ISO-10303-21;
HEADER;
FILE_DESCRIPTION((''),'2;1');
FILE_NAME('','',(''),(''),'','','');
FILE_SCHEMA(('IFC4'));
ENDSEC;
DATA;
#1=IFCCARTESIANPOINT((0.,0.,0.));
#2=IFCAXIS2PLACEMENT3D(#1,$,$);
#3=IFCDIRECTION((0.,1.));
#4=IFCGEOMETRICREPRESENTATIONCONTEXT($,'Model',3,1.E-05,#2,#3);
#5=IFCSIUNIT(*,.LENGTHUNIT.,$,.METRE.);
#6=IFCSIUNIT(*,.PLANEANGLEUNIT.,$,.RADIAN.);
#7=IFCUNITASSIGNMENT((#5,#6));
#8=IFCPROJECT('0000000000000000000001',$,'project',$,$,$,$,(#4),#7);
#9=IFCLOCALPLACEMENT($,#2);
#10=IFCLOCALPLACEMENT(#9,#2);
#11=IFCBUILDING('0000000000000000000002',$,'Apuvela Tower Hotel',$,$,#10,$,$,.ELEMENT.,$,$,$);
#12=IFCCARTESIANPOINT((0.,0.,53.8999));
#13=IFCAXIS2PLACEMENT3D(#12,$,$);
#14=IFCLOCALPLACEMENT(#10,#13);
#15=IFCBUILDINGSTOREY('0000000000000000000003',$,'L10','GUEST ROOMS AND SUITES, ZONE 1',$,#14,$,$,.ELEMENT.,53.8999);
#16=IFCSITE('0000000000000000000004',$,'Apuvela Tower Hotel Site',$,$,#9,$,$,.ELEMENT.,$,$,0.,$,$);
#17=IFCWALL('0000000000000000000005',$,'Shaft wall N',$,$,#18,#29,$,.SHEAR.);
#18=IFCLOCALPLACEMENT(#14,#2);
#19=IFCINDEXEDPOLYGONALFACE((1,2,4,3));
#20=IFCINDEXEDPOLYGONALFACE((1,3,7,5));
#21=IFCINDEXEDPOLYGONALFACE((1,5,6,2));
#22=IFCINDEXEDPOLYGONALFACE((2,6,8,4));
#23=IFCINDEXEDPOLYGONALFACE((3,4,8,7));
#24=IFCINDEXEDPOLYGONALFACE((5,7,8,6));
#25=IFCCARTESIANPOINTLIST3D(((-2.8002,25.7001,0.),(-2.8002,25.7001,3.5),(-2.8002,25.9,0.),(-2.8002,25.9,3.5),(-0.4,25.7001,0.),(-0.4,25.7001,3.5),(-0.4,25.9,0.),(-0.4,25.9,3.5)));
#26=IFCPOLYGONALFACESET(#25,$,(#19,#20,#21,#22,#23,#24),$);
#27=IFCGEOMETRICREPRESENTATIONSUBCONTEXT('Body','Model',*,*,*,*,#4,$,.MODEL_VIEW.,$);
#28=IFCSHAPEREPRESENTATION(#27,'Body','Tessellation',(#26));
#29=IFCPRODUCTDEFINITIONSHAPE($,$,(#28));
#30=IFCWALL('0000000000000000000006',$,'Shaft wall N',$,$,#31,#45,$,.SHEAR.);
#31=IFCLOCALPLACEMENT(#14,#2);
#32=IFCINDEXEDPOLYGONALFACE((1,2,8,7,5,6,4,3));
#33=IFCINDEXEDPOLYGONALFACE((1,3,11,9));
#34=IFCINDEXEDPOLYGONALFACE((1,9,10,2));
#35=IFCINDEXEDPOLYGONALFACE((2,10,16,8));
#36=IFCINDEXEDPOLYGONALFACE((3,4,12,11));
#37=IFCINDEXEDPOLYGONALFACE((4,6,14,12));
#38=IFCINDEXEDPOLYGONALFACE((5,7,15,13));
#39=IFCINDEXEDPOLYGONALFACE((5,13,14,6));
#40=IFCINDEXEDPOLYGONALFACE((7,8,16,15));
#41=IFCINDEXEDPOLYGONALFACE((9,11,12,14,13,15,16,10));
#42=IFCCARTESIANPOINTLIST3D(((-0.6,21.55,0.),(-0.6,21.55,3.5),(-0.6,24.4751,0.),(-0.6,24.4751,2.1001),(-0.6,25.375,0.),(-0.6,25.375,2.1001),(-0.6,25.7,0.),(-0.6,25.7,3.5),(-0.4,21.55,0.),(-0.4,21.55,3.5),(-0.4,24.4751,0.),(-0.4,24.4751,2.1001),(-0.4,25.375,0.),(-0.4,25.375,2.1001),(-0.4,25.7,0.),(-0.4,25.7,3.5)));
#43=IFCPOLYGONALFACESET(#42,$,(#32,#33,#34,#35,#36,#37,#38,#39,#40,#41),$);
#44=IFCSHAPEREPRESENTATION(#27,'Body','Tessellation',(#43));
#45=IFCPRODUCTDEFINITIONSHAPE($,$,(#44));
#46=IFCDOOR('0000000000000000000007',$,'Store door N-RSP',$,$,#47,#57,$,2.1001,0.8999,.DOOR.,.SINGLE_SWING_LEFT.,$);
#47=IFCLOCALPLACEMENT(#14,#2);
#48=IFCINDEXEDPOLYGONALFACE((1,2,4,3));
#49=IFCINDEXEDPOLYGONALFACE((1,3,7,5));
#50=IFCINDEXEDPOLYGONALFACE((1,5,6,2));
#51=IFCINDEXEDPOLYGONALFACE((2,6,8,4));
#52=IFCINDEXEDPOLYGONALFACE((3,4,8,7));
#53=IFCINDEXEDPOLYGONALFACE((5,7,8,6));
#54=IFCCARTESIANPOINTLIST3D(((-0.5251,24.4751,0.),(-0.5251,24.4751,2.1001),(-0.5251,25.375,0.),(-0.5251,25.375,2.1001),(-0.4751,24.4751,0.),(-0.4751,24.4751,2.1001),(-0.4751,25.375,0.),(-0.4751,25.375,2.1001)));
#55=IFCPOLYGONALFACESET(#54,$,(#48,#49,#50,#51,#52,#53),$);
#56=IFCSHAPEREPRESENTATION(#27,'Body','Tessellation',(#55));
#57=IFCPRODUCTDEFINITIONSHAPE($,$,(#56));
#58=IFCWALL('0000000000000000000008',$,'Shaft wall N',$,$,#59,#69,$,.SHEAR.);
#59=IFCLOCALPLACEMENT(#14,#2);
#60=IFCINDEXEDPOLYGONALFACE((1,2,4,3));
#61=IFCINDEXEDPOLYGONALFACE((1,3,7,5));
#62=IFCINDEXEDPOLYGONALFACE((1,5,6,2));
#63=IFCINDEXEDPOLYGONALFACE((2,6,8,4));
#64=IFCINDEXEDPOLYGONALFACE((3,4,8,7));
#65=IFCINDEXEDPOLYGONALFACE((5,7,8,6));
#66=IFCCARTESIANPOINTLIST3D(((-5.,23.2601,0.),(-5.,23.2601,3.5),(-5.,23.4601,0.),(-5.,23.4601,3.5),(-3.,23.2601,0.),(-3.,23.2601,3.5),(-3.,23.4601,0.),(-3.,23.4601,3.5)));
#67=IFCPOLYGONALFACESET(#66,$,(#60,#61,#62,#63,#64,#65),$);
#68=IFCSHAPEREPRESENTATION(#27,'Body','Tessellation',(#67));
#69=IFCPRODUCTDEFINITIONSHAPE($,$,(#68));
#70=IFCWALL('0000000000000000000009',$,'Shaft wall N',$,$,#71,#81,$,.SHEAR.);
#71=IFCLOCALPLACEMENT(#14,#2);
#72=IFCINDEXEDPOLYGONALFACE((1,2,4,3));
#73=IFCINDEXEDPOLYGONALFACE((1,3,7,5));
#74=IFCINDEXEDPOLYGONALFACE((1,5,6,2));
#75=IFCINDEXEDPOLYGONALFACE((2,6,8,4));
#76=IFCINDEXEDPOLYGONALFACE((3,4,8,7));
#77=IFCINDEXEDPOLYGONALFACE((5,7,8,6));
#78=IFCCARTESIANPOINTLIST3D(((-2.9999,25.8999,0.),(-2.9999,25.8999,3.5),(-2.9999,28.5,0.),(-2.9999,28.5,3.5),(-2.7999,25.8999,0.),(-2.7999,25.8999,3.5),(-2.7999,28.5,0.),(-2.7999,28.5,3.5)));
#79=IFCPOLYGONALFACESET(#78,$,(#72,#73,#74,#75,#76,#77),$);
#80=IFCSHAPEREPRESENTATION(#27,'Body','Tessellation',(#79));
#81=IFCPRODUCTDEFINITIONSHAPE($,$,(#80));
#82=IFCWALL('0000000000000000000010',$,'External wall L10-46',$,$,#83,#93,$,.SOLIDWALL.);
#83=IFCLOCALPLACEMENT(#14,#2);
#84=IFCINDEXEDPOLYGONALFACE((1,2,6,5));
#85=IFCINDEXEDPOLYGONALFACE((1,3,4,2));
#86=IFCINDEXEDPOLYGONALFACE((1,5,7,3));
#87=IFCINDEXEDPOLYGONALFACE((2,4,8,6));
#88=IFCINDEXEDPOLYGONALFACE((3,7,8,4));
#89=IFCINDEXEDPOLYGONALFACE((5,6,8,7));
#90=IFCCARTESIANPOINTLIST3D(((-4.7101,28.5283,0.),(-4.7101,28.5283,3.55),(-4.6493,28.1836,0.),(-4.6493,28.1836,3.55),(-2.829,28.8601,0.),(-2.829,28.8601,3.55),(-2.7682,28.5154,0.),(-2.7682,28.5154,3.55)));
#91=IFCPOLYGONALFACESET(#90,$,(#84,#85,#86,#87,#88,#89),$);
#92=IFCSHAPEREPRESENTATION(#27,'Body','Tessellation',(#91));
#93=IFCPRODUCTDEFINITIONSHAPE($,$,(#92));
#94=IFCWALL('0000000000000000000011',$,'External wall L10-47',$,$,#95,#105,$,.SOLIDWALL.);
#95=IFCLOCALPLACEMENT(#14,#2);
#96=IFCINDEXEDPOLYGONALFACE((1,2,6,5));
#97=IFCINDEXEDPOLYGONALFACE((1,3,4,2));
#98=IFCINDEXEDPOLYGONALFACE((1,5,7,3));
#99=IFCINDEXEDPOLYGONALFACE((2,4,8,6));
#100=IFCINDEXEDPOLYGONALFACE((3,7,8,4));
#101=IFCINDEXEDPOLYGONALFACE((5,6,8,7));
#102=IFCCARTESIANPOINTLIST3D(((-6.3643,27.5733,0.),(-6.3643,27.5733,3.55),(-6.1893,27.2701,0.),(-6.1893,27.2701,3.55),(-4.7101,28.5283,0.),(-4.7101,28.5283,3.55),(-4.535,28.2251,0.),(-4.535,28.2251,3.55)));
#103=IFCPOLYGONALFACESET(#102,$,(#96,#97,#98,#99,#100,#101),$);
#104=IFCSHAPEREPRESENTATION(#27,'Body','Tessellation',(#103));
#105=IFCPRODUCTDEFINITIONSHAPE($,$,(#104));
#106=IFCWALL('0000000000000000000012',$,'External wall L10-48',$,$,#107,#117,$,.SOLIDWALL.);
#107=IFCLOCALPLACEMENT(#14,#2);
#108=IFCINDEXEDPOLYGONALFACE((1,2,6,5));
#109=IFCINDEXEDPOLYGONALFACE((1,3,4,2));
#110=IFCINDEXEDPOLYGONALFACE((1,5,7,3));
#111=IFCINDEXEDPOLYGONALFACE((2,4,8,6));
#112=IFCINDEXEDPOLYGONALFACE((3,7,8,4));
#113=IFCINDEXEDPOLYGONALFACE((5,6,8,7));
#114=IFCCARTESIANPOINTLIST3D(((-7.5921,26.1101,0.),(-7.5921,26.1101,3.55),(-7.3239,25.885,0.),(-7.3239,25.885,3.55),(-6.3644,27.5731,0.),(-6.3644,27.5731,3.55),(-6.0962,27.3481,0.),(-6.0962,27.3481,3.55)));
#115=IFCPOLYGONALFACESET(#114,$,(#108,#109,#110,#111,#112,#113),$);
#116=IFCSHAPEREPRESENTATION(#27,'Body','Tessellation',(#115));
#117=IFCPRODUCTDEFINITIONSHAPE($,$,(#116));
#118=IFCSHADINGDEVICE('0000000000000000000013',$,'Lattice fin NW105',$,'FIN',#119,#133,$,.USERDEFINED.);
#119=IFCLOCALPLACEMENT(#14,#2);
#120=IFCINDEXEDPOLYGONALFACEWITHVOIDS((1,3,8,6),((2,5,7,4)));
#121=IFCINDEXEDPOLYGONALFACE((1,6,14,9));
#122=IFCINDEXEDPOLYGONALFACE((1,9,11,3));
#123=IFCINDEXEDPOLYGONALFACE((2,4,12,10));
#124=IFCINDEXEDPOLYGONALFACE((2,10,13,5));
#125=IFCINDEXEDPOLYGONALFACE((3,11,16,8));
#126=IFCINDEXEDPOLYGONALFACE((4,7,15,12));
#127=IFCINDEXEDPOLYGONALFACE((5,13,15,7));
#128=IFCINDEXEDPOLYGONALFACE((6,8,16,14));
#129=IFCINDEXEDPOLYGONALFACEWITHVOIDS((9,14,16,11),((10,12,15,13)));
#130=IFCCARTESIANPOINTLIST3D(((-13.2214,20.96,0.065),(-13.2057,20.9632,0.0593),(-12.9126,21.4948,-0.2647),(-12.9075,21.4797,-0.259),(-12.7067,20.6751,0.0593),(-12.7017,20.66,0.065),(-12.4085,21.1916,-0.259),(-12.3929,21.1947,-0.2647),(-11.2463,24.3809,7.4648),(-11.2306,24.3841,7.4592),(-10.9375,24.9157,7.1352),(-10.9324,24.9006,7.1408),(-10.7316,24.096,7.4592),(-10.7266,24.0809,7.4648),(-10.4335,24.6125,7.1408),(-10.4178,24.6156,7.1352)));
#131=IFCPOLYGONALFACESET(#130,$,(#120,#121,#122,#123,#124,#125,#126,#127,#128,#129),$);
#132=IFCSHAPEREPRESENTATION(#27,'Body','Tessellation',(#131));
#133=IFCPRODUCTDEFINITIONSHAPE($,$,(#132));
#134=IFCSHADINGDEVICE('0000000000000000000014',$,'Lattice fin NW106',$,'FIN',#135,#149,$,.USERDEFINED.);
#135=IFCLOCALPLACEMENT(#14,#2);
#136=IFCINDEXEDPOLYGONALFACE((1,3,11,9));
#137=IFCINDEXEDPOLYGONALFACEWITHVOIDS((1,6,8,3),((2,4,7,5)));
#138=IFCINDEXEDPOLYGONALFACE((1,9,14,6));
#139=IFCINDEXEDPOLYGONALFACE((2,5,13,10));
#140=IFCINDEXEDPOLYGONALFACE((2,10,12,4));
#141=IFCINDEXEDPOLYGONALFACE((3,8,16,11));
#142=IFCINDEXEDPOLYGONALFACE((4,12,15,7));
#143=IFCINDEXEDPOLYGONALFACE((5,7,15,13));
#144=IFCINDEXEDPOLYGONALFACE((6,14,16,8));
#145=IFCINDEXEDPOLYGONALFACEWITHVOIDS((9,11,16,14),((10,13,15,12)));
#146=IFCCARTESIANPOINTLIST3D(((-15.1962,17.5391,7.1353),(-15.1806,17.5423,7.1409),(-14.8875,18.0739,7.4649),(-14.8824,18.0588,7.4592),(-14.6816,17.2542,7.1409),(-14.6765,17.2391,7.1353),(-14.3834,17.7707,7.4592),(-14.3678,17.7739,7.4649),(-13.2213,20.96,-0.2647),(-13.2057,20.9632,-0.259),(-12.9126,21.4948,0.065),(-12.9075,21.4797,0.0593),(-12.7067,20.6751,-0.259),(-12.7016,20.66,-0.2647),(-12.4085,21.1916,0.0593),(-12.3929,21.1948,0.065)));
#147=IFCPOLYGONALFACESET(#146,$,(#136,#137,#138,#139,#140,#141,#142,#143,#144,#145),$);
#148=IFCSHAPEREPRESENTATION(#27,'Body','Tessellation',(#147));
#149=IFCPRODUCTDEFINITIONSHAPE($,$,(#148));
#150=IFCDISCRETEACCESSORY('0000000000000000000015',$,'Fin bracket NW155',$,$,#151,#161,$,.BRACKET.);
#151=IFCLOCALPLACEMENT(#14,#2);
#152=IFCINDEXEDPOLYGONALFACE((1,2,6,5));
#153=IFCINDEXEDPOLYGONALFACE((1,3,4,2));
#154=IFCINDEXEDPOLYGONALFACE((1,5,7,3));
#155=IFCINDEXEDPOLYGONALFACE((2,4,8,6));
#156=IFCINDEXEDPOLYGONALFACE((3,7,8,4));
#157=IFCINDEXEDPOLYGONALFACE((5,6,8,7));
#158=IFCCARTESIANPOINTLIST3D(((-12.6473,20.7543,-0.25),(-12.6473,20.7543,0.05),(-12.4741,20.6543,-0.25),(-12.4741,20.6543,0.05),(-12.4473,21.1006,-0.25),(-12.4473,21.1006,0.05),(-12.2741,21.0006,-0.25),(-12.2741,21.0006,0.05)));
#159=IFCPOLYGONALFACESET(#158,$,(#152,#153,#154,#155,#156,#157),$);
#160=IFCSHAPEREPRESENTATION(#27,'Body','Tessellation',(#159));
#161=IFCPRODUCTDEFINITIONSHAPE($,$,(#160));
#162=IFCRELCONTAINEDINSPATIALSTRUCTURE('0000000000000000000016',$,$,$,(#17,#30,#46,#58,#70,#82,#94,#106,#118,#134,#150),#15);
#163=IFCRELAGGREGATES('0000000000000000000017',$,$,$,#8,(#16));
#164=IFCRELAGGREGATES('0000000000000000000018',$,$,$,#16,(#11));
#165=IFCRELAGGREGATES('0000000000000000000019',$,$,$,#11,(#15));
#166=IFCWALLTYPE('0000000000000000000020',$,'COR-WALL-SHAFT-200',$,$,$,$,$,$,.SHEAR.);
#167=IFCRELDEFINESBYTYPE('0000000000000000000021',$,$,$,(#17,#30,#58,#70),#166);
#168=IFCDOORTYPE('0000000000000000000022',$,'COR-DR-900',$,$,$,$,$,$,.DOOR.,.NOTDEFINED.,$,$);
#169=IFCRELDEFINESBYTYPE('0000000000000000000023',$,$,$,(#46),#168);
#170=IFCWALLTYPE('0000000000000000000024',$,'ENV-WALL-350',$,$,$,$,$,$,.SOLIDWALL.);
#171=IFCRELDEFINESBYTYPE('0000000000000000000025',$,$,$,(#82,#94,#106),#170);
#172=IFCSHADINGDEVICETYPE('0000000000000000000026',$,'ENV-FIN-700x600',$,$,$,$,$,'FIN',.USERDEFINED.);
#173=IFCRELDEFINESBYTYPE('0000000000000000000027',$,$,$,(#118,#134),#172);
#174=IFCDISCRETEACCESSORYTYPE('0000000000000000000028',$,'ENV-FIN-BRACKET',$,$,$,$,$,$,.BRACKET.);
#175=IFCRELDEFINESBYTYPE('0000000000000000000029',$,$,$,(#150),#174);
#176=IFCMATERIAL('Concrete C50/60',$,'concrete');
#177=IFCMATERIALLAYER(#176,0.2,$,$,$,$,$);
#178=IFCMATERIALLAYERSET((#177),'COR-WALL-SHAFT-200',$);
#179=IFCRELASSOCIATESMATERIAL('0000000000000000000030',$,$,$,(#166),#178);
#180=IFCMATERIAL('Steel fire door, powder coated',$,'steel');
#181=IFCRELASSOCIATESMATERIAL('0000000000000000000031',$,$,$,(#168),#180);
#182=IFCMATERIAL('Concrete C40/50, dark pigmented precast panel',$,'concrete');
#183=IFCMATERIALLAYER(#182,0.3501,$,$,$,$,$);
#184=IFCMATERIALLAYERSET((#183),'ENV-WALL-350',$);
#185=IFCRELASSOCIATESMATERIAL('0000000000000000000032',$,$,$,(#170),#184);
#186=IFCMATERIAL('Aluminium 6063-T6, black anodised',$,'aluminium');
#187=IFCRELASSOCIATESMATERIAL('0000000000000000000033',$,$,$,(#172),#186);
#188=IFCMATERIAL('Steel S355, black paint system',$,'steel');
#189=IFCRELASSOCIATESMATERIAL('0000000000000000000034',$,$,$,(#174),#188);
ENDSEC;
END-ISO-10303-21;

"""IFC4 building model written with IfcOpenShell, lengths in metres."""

from ifc_helpers import new_model, si_unit, direction, frame, frame_2d, origin, origin_2d, place, context, subcontext, project, spatial, rectangle, hollow_rectangle, extrude, material, layer, layer_set, material_profile, profile_set, type_object, element, fill, save


model = new_model("IFC4")

# Units and contexts
model_context = context("Model", 3, precision=1e-05, world=origin(), true_north=direction((0.0, 1.0)))
body_context = subcontext(model_context, "Body", "Model", "MODEL_VIEW")
ifc_project = project(units=[si_unit("LENGTHUNIT", "METRE"), si_unit("PLANEANGLEUNIT", "RADIAN")], contexts=[model_context])

# Site, building, storey
site_placement = place(None, origin())
site = spatial("IfcSite", under=ifc_project, at=site_placement, Name="Apuvela Tower Hotel Site", CompositionType="ELEMENT", RefElevation=0.0)
building_placement = place(site_placement, origin())
building = spatial("IfcBuilding", under=site, at=building_placement, Name="Apuvela Tower Hotel", CompositionType="ELEMENT")
storey_placement = place(building_placement, frame((0.0, 0.0, 53.8999)))
storey = spatial("IfcBuildingStorey", under=building, at=storey_placement, Name="L10", Description="GUEST ROOMS AND SUITES, ZONE 1", CompositionType="ELEMENT", Elevation=53.8999)

# Wall
ifc_material_1 = material(Name="Concrete C50/60", Category="concrete")
ifc_layer_1 = layer(ifc_material_1, 0.2)
ifc_layer_set_1 = layer_set([ifc_layer_1], Name="COR-WALL-SHAFT-200")
wall_type_1 = type_object("IfcWallType", Name="COR-WALL-SHAFT-200", PredefinedType="SHEAR", material=ifc_layer_set_1)
wall_1_placement = place(storey_placement, frame((-0.3999, 25.8, 0.0), z_axis=(0.0, 0.0, 1.0), x_axis=(-1.0, 0.0, 0.0)))
element("IfcWall", 1, at=wall_1_placement, inside=storey, type_object=wall_type_1, Name="Shaft wall N", PredefinedType="SHEAR", context=body_context, shape_type="SweptSolid", body=[
    extrude(rectangle(XDim=2.4001, YDim=0.2, at=frame_2d((1.2002, 0.0))), origin(), (0.0, 0.0, 1.0), 3.5),
])

# Wall, opening, door
wall_2_placement = place(storey_placement, frame((-0.5, 21.55, 0.0), z_axis=(0.0, 0.0, 1.0), x_axis=(0.0, 1.0, 0.0)))
wall_2 = element("IfcWall", 2, at=wall_2_placement, inside=storey, type_object=wall_type_1, Name="Shaft wall N", PredefinedType="SHEAR", context=body_context, shape_type="SweptSolid", body=[
    extrude(rectangle(XDim=4.1499, YDim=0.2, at=frame_2d((2.075, 0.0))), origin(), (0.0, 0.0, 1.0), 3.5),
])
opening_1_placement = place(wall_2_placement, frame((2.925, 0.0, 0.0)))
opening_1 = element("IfcOpeningElement", 3, at=opening_1_placement, cuts=wall_2, PredefinedType="OPENING", context=body_context, shape_type="SweptSolid", body=[
    extrude(rectangle(XDim=0.8999, YDim=2.1001, at=frame_2d((0.45, 1.05))), frame((0.0, 0.1099, 0.0), z_axis=(0.0, -1.0, 0.0), x_axis=(1.0, 0.0, 0.0)), (0.0, 0.0, 1.0), 0.22),
])
ifc_material_2 = material(Name="Steel fire door, powder coated", Category="steel")
door_type_1 = type_object("IfcDoorType", Name="COR-DR-900", OperationType="NOTDEFINED", PredefinedType="DOOR", material=ifc_material_2)
door_1_placement = place(opening_1_placement, frame((0.8999, 0.0, 0.0), z_axis=(0.0, 0.0, 1.0), x_axis=(-1.0, 0.0, 0.0)))
door_1 = element("IfcDoor", 4, at=door_1_placement, inside=storey, type_object=door_type_1, Name="Store door N-RSP", OperationType="SINGLE_SWING_LEFT", OverallHeight=2.1001, OverallWidth=0.8999, PredefinedType="DOOR", context=body_context, shape_type="SweptSolid", body=[
    extrude(rectangle(XDim=0.8999, YDim=2.1001, at=frame_2d((0.45, 1.05))), frame((0.0, 0.0249, 0.0), z_axis=(0.0, -1.0, 0.0), x_axis=(1.0, 0.0, 0.0)), (0.0, 0.0, 1.0), 0.05),
])
fill(opening_1, door_1)

# Walls
wall_3_placement = place(storey_placement, frame((-3.0, 23.3601, 0.0), z_axis=(0.0, 0.0, 1.0), x_axis=(-1.0, 0.0, 0.0)))
element("IfcWall", 5, at=wall_3_placement, inside=storey, type_object=wall_type_1, Name="Shaft wall N", PredefinedType="SHEAR", context=body_context, shape_type="SweptSolid", body=[
    extrude(rectangle(XDim=2.0, YDim=0.2, at=frame_2d((1.0, 0.0))), origin(), (0.0, 0.0, 1.0), 3.5),
])
wall_4_placement = place(storey_placement, frame((-2.8999, 25.8999, 0.0), z_axis=(0.0, 0.0, 1.0), x_axis=(0.0, 1.0, 0.0)))
element("IfcWall", 6, at=wall_4_placement, inside=storey, type_object=wall_type_1, Name="Shaft wall N", PredefinedType="SHEAR", context=body_context, shape_type="SweptSolid", body=[
    extrude(rectangle(XDim=2.6001, YDim=0.2, at=frame_2d((1.3, 0.0))), origin(), (0.0, 0.0, 1.0), 3.5),
])

# Shared definitions
ifc_material_3 = material(Name="Concrete C40/50, dark pigmented precast panel", Category="concrete")
ifc_layer_2 = layer(ifc_material_3, 0.3501)
ifc_layer_set_2 = layer_set([ifc_layer_2], Name="ENV-WALL-350")
wall_type_2 = type_object("IfcWallType", Name="ENV-WALL-350", PredefinedType="SOLIDWALL", material=ifc_layer_set_2)

# Walls
for number, where, z_axis, x_axis, name in (
    (7, (-2.7986, 28.6877, 0.0), (0.0, 0.0, 1.0), (-0.984799, -0.173698, 0.0), "External wall L10-46"),
    (8, (-4.6226, 28.3767, 0.0), (0.0, 0.0, 1.0), (-0.866032, -0.499988, 0.0), "External wall L10-47"),
):
    element("IfcWall", number, at=place(storey_placement, frame(where, z_axis=z_axis, x_axis=x_axis)), inside=storey, type_object=wall_type_2, Name=name, PredefinedType="SOLIDWALL", context=body_context, shape_type="SweptSolid", body=[
        extrude(rectangle(XDim=1.9102, YDim=0.3501, at=frame_2d((0.9551, 0.0))), origin(), (0.0, 0.0, 1.0), 3.55),
    ])
wall_5_placement = place(storey_placement, frame((-6.2302, 27.4607, 0.0), z_axis=(0.0, 0.0, 1.0), x_axis=(-0.642808, -0.766027, 0.0)))
element("IfcWall", 9, at=wall_5_placement, inside=storey, type_object=wall_type_2, Name="External wall L10-48", PredefinedType="SOLIDWALL", context=body_context, shape_type="SweptSolid", body=[
    extrude(rectangle(XDim=1.9099, YDim=0.3501, at=frame_2d((0.9551, 0.0))), origin(), (0.0, 0.0, 1.0), 3.55),
])

# Shading devices
ifc_material_4 = material(Name="Aluminium 6063-T6, black anodised", Category="aluminium")
ifc_material_profile_1 = material_profile(ifc_material_4, hollow_rectangle(XDim=0.6001, YDim=0.7, WallThickness=0.012, at=origin_2d()), Name="AL BOX 700x600x12")
ifc_profile_set_1 = profile_set([ifc_material_profile_1], Name="Aluminium 6063-T6, black anodised")
shading_device_type = type_object("IfcShadingDeviceType", Name="ENV-FIN-700x600", ElementType="FIN", PredefinedType="USERDEFINED", material=ifc_profile_set_1)
for number, where, z_axis, x_axis, name in (
    (10, (-12.8071, 21.0774, -0.0999), (0.235461, 0.407822, 0.882179), (-0.866021, 0.500008, 0.0), "Lattice fin NW105"),
    (11, (-12.8071, 21.0774, -0.0999), (-0.235434, -0.407825, 0.882185), (0.866048, -0.499961, 0.0), "Lattice fin NW106"),
):
    element("IfcShadingDevice", number, at=place(storey_placement, frame(where, z_axis=z_axis, x_axis=x_axis)), inside=storey, type_object=shading_device_type, Name=name, ObjectType="FIN", PredefinedType="USERDEFINED", context=body_context, shape_type="SweptSolid", body=[
        extrude(hollow_rectangle(XDim=0.6001, YDim=0.7, WallThickness=0.012, at=origin_2d()), origin(), (0.0, 0.0, 1.0), 8.3882),
    ])

# Discrete accessory
ifc_material_5 = material(Name="Steel S355, black paint system", Category="steel")
discrete_accessory_type = type_object("IfcDiscreteAccessoryType", Name="ENV-FIN-BRACKET", PredefinedType="BRACKET", material=ifc_material_5)
discrete_accessory_placement = place(storey_placement, frame((-12.4607, 20.8774, -0.25), z_axis=(0.0, 0.0, 1.0), x_axis=(-0.5, -0.866025, 0.0)))
element("IfcDiscreteAccessory", 12, at=discrete_accessory_placement, inside=storey, type_object=discrete_accessory_type, Name="Fin bracket NW155", PredefinedType="BRACKET", context=body_context, shape_type="SweptSolid", body=[
    extrude(rectangle(XDim=0.3999, YDim=0.2, at=origin_2d()), origin(), (0.0, 0.0, 1.0), 0.3),
])

save(model, "model.ifc")
